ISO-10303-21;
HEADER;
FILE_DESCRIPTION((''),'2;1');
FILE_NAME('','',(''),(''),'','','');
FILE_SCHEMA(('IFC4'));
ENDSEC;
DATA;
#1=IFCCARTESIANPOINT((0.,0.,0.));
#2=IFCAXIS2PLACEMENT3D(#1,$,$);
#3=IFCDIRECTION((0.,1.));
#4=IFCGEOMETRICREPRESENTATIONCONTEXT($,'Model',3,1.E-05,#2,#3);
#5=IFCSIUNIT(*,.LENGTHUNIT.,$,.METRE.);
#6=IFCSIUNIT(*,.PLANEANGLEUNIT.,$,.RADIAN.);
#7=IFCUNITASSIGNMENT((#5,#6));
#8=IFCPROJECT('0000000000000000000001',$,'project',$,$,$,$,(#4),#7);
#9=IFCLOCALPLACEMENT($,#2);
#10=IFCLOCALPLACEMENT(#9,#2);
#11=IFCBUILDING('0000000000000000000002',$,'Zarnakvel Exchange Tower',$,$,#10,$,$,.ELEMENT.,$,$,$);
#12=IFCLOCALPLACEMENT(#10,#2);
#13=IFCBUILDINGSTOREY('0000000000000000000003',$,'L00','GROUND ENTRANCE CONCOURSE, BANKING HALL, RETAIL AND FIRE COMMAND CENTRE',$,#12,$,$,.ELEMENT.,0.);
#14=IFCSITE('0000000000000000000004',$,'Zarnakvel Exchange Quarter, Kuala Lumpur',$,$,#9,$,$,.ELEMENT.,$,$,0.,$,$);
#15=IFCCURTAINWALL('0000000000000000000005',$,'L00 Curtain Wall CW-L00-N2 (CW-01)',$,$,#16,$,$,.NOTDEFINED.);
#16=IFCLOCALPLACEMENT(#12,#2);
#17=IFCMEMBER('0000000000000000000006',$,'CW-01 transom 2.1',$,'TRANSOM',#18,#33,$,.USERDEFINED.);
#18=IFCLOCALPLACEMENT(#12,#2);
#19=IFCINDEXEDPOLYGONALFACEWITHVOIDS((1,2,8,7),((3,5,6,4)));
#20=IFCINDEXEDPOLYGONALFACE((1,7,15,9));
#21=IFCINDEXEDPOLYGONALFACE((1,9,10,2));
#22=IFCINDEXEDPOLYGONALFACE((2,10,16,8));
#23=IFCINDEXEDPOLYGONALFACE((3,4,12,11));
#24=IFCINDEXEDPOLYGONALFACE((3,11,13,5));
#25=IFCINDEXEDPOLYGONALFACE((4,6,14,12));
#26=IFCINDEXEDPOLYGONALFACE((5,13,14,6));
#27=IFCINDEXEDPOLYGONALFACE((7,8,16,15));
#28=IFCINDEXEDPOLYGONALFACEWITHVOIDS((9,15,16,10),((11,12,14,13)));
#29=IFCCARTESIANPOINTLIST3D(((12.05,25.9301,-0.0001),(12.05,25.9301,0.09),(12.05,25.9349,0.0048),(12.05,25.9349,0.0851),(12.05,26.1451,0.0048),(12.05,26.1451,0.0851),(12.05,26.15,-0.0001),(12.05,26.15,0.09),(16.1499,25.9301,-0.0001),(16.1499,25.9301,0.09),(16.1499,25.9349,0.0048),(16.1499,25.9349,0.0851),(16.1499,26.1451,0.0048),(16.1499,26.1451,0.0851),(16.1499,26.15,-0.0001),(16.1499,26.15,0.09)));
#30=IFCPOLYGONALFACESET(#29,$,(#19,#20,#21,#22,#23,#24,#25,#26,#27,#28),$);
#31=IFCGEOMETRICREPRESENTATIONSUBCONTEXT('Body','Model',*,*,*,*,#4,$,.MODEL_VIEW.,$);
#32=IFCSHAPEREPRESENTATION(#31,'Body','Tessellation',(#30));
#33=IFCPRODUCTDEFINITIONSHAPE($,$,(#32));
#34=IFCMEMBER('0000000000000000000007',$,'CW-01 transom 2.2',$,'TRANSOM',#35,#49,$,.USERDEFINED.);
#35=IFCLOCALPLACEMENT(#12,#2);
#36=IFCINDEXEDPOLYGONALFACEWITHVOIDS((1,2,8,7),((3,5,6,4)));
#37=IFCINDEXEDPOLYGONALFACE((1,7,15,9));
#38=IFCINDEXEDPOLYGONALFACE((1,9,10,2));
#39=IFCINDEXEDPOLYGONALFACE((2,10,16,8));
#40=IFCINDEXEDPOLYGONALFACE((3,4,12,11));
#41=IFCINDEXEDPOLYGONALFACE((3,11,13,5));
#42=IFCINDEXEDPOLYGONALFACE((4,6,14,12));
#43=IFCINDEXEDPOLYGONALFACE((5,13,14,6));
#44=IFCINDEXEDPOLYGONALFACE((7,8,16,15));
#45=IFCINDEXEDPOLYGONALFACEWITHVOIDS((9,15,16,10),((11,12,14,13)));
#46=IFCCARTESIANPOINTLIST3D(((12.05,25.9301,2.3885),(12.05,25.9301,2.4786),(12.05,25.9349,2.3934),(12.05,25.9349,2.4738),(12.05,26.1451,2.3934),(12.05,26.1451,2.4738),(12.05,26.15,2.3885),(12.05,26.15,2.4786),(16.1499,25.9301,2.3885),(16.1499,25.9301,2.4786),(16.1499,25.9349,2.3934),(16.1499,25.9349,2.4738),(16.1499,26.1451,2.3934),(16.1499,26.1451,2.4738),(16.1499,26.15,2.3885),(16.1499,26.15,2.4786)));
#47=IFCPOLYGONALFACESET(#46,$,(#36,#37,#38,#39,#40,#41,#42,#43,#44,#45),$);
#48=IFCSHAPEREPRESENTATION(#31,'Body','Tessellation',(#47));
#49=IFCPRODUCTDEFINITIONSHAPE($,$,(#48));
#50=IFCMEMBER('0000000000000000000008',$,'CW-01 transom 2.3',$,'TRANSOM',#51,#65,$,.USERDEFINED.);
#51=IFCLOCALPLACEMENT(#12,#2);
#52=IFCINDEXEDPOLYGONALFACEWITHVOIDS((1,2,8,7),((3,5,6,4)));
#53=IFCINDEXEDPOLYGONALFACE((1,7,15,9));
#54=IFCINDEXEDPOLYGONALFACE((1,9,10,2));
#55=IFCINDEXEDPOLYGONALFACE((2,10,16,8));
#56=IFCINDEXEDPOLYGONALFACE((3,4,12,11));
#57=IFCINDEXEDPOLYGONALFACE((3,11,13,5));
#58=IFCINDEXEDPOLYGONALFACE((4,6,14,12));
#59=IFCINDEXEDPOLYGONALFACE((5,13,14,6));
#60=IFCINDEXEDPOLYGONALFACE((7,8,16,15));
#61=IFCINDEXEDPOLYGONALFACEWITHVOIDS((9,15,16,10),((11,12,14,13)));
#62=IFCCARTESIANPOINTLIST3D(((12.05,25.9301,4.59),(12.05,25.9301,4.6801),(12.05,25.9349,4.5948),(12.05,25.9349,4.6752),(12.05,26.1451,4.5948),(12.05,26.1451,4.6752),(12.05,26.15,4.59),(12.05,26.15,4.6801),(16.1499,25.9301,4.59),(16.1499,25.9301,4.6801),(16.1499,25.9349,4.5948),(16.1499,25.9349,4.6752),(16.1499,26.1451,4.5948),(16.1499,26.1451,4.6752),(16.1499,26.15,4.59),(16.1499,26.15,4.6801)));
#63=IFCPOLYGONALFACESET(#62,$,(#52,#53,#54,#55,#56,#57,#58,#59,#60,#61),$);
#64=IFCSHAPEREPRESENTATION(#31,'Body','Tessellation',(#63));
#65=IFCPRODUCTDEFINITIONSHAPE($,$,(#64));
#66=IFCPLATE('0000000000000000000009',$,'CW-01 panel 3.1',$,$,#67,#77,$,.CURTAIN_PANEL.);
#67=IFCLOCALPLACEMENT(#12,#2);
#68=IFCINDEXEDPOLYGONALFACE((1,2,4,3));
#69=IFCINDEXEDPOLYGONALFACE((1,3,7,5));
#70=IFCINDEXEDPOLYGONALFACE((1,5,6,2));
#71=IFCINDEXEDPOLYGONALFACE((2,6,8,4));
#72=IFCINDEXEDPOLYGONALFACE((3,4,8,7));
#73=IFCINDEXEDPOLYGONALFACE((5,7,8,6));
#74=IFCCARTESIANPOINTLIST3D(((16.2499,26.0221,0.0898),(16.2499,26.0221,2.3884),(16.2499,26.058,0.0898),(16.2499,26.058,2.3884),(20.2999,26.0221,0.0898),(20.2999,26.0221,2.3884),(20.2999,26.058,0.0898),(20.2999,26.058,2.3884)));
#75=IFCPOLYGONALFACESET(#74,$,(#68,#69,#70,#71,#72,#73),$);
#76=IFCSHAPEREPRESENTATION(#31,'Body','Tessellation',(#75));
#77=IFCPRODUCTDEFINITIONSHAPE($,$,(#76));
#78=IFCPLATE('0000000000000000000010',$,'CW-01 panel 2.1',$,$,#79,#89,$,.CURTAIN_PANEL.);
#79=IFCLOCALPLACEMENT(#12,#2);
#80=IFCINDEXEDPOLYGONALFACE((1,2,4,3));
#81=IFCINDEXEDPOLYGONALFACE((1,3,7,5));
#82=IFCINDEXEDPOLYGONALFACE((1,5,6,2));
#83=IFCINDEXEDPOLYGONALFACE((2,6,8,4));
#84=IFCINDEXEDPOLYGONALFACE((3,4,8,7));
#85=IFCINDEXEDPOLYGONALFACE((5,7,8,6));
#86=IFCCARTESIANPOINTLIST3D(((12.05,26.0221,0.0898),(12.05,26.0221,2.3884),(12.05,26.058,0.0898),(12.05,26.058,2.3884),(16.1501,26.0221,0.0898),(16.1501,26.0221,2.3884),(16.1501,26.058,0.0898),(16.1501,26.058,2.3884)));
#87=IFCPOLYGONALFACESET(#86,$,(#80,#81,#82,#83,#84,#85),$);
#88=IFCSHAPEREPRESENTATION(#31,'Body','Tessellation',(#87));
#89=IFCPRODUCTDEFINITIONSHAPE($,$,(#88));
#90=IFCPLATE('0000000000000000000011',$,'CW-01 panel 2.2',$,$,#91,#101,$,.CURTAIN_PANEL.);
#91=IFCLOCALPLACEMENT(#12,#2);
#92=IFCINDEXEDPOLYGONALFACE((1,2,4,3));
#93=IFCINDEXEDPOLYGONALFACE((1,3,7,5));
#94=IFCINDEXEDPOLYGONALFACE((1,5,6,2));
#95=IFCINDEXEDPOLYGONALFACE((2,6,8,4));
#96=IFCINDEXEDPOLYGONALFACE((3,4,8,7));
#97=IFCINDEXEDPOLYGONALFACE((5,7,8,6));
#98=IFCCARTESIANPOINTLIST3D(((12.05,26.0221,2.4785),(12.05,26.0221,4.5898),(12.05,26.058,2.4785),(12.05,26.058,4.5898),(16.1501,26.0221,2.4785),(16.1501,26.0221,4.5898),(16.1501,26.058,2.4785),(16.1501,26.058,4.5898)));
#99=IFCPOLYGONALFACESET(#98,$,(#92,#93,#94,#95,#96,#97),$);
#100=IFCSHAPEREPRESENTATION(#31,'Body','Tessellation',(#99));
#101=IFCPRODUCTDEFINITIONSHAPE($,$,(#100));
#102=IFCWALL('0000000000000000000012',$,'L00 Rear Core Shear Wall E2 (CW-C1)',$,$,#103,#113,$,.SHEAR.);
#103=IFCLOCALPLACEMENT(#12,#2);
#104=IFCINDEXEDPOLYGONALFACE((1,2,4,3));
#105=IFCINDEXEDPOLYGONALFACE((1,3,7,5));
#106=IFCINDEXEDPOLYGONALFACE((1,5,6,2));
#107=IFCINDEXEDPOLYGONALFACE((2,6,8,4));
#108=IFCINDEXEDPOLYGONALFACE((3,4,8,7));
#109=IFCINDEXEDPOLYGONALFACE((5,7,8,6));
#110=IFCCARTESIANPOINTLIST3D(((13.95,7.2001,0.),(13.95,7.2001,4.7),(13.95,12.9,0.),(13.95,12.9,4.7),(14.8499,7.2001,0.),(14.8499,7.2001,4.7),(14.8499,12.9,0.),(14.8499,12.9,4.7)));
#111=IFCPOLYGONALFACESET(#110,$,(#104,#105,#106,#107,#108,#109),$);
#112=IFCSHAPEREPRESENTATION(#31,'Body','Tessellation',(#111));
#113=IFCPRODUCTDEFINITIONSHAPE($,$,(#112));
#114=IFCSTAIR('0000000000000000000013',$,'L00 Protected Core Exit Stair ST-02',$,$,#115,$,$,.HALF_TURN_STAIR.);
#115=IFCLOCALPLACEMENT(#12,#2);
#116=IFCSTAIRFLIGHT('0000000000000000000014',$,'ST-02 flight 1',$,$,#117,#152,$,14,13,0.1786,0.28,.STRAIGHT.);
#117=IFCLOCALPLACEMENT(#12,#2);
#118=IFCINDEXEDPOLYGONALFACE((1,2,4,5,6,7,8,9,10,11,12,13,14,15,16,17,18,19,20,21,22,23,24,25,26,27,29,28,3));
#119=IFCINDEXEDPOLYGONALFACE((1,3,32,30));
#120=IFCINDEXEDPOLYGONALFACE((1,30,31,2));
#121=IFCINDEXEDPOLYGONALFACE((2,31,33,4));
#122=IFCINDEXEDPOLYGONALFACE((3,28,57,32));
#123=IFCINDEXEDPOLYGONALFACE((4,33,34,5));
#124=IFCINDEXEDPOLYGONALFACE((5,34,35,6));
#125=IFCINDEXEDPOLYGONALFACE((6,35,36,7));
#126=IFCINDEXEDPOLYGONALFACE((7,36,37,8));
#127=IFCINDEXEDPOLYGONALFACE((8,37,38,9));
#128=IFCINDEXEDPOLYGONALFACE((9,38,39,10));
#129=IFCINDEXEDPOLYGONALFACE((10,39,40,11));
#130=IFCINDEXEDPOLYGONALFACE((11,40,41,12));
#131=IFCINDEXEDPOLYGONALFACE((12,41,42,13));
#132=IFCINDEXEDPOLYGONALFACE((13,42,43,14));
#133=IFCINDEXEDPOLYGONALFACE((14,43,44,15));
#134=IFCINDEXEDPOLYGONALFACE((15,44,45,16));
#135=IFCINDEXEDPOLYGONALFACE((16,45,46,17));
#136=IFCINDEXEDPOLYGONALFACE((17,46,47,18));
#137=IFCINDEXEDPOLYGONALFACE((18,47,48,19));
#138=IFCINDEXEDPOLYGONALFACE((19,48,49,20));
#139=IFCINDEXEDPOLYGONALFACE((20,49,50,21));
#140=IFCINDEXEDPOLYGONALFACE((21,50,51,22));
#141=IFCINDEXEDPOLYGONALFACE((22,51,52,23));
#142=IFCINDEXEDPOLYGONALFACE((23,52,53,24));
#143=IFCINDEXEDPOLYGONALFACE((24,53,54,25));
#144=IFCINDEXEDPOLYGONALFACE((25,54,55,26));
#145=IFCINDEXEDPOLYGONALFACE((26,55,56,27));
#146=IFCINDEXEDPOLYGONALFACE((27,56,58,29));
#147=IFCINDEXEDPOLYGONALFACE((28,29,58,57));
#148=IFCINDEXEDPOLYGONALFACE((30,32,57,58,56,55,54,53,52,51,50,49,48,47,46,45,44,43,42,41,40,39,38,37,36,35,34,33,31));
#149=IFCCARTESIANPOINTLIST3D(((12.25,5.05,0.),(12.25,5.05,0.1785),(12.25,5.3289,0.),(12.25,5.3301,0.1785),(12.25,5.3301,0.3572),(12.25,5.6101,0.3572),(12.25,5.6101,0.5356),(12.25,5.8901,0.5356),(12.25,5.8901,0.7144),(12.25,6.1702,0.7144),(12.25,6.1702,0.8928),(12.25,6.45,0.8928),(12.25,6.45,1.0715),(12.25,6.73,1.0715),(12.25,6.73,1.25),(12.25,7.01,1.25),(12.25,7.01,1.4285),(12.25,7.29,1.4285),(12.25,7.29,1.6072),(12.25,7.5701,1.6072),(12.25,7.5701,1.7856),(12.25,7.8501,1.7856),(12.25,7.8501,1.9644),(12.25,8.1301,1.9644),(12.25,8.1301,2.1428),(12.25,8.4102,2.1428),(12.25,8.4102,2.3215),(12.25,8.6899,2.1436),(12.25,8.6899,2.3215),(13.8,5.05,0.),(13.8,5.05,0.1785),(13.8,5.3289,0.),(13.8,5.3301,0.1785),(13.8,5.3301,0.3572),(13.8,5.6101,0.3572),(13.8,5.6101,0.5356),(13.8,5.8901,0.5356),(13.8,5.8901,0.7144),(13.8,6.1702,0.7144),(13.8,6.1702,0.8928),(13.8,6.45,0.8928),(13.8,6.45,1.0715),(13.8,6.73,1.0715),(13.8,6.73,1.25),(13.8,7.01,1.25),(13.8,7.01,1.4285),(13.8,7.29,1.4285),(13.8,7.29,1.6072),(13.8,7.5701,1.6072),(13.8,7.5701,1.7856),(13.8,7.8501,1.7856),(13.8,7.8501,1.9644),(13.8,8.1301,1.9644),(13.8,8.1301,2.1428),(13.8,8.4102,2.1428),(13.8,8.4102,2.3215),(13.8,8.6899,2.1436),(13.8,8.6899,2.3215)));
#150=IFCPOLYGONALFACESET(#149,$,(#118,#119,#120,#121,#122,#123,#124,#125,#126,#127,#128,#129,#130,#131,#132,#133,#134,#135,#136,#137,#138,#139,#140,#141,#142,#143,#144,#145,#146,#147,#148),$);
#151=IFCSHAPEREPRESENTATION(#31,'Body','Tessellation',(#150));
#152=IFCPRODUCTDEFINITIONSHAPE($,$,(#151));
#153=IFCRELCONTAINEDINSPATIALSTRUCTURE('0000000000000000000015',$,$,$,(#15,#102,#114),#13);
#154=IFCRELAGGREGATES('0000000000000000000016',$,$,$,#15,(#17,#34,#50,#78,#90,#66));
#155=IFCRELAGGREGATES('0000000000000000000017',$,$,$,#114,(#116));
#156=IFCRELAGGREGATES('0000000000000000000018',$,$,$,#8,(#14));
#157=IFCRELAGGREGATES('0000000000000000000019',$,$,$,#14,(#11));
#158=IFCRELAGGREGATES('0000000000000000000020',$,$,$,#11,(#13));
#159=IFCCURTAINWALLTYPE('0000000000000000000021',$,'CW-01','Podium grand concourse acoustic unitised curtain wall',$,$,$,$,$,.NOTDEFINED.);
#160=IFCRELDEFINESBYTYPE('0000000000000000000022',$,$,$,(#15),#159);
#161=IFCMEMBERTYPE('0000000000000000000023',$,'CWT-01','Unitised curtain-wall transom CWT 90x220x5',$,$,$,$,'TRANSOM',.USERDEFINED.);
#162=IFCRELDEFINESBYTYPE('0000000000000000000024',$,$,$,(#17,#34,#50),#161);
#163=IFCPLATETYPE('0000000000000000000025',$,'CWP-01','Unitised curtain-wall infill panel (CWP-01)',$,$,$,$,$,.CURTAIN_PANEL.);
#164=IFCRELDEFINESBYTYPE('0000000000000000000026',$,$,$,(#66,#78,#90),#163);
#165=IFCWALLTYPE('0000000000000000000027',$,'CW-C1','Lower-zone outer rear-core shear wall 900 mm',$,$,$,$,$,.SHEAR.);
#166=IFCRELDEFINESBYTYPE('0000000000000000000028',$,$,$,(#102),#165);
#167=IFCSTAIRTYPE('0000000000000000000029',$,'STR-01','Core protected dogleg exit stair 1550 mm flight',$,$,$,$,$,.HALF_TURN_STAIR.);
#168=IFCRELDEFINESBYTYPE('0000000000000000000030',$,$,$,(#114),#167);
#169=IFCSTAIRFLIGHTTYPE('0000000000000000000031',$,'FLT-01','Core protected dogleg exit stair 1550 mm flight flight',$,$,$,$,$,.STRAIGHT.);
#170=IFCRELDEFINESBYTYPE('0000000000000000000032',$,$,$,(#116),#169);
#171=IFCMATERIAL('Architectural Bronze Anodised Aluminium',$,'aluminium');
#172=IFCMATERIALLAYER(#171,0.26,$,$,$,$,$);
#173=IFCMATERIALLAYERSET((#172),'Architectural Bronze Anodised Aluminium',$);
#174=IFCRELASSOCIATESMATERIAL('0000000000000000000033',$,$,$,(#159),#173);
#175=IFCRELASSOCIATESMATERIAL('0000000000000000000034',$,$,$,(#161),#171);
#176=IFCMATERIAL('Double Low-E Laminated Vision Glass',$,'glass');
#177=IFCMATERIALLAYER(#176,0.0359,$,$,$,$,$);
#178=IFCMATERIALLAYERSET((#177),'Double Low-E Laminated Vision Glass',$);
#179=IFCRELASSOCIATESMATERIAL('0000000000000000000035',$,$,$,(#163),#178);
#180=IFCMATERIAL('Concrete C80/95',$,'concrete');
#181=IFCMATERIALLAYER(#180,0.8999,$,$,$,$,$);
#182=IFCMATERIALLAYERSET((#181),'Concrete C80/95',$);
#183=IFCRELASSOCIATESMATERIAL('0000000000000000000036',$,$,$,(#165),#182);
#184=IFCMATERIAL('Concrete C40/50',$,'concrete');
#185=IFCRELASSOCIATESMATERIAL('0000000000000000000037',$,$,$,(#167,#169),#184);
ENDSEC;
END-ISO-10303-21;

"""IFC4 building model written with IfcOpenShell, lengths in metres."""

from ifc_helpers import new_model, si_unit, direction, frame, frame_2d, origin, origin_2d, place, context, subcontext, project, spatial, polyline, rectangle, hollow_rectangle, outline, extrude, source, transform, mapped, material, layer, layer_set, material_profile, profile_set, type_object, element, aggregate, save


model = new_model("IFC4")

# Units and contexts
model_context = context("Model", 3, precision=1e-05, world=origin(), true_north=direction((0.0, 1.0)))
body_context = subcontext(model_context, "Body", "Model", "MODEL_VIEW")
ifc_project = project(units=[si_unit("LENGTHUNIT", "METRE"), si_unit("PLANEANGLEUNIT", "RADIAN")], contexts=[model_context])

# Site, building, storey
site_placement = place(None, origin())
site = spatial("IfcSite", under=ifc_project, at=site_placement, Name="Zarnakvel Exchange Quarter, Kuala Lumpur", CompositionType="ELEMENT", RefElevation=0.0)
building_placement = place(site_placement, origin())
building = spatial("IfcBuilding", under=site, at=building_placement, Name="Zarnakvel Exchange Tower", CompositionType="ELEMENT")
storey_placement = place(building_placement, origin())
storey = spatial("IfcBuildingStorey", under=building, at=storey_placement, Name="L00", Description="GROUND ENTRANCE CONCOURSE, BANKING HALL, RETAIL AND FIRE COMMAND CENTRE", CompositionType="ELEMENT", Elevation=0.0)

# Shared definitions
ifc_material_1 = material(Name="Concrete C80/95", Category="concrete")

# Curtain wall, members, plates
ifc_material_2 = material(Name="Architectural Bronze Anodised Aluminium", Category="aluminium")
ifc_layer_1 = layer(ifc_material_2, 0.26)
ifc_layer_set_1 = layer_set([ifc_layer_1], Name="Architectural Bronze Anodised Aluminium")
curtain_wall_type = type_object("IfcCurtainWallType", Name="CW-01", Description="Podium grand concourse acoustic unitised curtain wall", PredefinedType="NOTDEFINED", material=ifc_layer_set_1)
curtain_wall_placement = place(storey_placement, origin())
curtain_wall = element("IfcCurtainWall", 1, at=curtain_wall_placement, inside=storey, type_object=curtain_wall_type, Name="L00 Curtain Wall CW-L00-N2 (CW-01)", PredefinedType="NOTDEFINED")
ifc_material_profile_1 = material_profile(ifc_material_2, hollow_rectangle(XDim=0.22, YDim=0.0901, WallThickness=0.0049, at=origin_2d()))
ifc_profile_set_1 = profile_set([ifc_material_profile_1], Name="Architectural Bronze Anodised Aluminium")
member_type_1 = type_object("IfcMemberType", Name="CWT-01", Description="Unitised curtain-wall transom CWT 90x220x5", ElementType="TRANSOM", PredefinedType="USERDEFINED", material=ifc_profile_set_1)
shared_shape_1 = source(origin(), body_context, "Body", "SweptSolid", [
    extrude(hollow_rectangle(XDim=0.22, YDim=0.0901, WallThickness=0.0049, at=origin_2d()), origin(), (0.0, 0.0, 1.0), 4.0999),
])
member_1_placement = place(storey_placement, frame((12.05, 26.04, 0.0449), z_axis=(1.0, 0.0, 0.0), x_axis=(0.0, 1.0, 0.0)))
member_1 = element("IfcMember", 2, at=member_1_placement, type_object=member_type_1, Name="CW-01 transom 2.1", ObjectType="TRANSOM", PredefinedType="USERDEFINED", context=body_context, shape_type="MappedRepresentation", body=[
    mapped(shared_shape_1, transform((0.0, 0.0, 0.0), x_axis=(1.0, 0.0, 0.0), y_axis=(0.0, 1.0, 0.0), z_axis=(0.0, 0.0, 1.0), scale=1.0)),
])
member_2_placement = place(storey_placement, frame((12.05, 26.04, 2.4336), z_axis=(1.0, 0.0, 0.0), x_axis=(0.0, 1.0, 0.0)))
member_2 = element("IfcMember", 3, at=member_2_placement, type_object=member_type_1, Name="CW-01 transom 2.2", ObjectType="TRANSOM", PredefinedType="USERDEFINED", context=body_context, shape_type="MappedRepresentation", body=[
    mapped(shared_shape_1, transform((0.0, 0.0, 0.0), x_axis=(1.0, 0.0, 0.0), y_axis=(0.0, 1.0, 0.0), z_axis=(0.0, 0.0, 1.0), scale=1.0)),
])
member_3_placement = place(storey_placement, frame((12.05, 26.04, 4.635), z_axis=(1.0, 0.0, 0.0), x_axis=(0.0, 1.0, 0.0)))
member_3 = element("IfcMember", 4, at=member_3_placement, type_object=member_type_1, Name="CW-01 transom 2.3", ObjectType="TRANSOM", PredefinedType="USERDEFINED", context=body_context, shape_type="MappedRepresentation", body=[
    mapped(shared_shape_1, transform((0.0, 0.0, 0.0), x_axis=(1.0, 0.0, 0.0), y_axis=(0.0, 1.0, 0.0), z_axis=(0.0, 0.0, 1.0), scale=1.0)),
])
ifc_material_3 = material(Name="Double Low-E Laminated Vision Glass", Category="glass")
ifc_layer_2 = layer(ifc_material_3, 0.0359)
ifc_layer_set_2 = layer_set([ifc_layer_2], Name="Double Low-E Laminated Vision Glass")
plate_type = type_object("IfcPlateType", Name="CWP-01", Description="Unitised curtain-wall infill panel (CWP-01)", PredefinedType="CURTAIN_PANEL", material=ifc_layer_set_2)
shared_shape_2 = source(origin(), body_context, "Body", "SweptSolid", [
    extrude(rectangle(XDim=4.05, YDim=0.0359, at=origin_2d()), origin(), (0.0, 0.0, 1.0), 2.2986),
])
plate_1_placement = place(storey_placement, frame((18.2749, 26.04, 0.0898), z_axis=(0.0, 0.0, 1.0), x_axis=(1.0, 0.0, 0.0)))
plate_1 = element("IfcPlate", 5, at=plate_1_placement, type_object=plate_type, Name="CW-01 panel 3.1", PredefinedType="CURTAIN_PANEL", context=body_context, shape_type="MappedRepresentation", body=[
    mapped(shared_shape_2, transform((0.0, 0.0, 0.0), x_axis=(1.0, 0.0, 0.0), y_axis=(0.0, 1.0, 0.0), z_axis=(0.0, 0.0, 1.0), scale=1.0)),
])
shared_shape_3 = source(origin(), body_context, "Body", "SweptSolid", [
    extrude(rectangle(XDim=4.1001, YDim=0.0359, at=origin_2d()), origin(), (0.0, 0.0, 1.0), 2.2986),
])
plate_2_placement = place(storey_placement, frame((14.1001, 26.04, 0.0898), z_axis=(0.0, 0.0, 1.0), x_axis=(1.0, 0.0, 0.0)))
plate_2 = element("IfcPlate", 6, at=plate_2_placement, type_object=plate_type, Name="CW-01 panel 2.1", PredefinedType="CURTAIN_PANEL", context=body_context, shape_type="MappedRepresentation", body=[
    mapped(shared_shape_3, transform((0.0, 0.0, 0.0), x_axis=(1.0, 0.0, 0.0), y_axis=(0.0, 1.0, 0.0), z_axis=(0.0, 0.0, 1.0), scale=1.0)),
])
shared_shape_4 = source(origin(), body_context, "Body", "SweptSolid", [
    extrude(rectangle(XDim=4.1001, YDim=0.0359, at=origin_2d()), origin(), (0.0, 0.0, 1.0), 2.1113),
])
plate_3_placement = place(storey_placement, frame((14.1001, 26.04, 2.4785), z_axis=(0.0, 0.0, 1.0), x_axis=(1.0, 0.0, 0.0)))
plate_3 = element("IfcPlate", 7, at=plate_3_placement, type_object=plate_type, Name="CW-01 panel 2.2", PredefinedType="CURTAIN_PANEL", context=body_context, shape_type="MappedRepresentation", body=[
    mapped(shared_shape_4, transform((0.0, 0.0, 0.0), x_axis=(1.0, 0.0, 0.0), y_axis=(0.0, 1.0, 0.0), z_axis=(0.0, 0.0, 1.0), scale=1.0)),
])
aggregate(curtain_wall, [member_1, member_2, member_3, plate_2, plate_3, plate_1])

# Wall
ifc_layer_3 = layer(ifc_material_1, 0.8999)
ifc_layer_set_3 = layer_set([ifc_layer_3], Name="Concrete C80/95")
wall_type_1 = type_object("IfcWallType", Name="CW-C1", Description="Lower-zone outer rear-core shear wall 900 mm", PredefinedType="SHEAR", material=ifc_layer_set_3)
wall_1_placement = place(storey_placement, frame((14.3999, 7.2, 0.0), z_axis=(0.0, 0.0, 1.0), x_axis=(0.0, 1.0, 0.0)))
element("IfcWall", 8, at=wall_1_placement, inside=storey, type_object=wall_type_1, Name="L00 Rear Core Shear Wall E2 (CW-C1)", PredefinedType="SHEAR", context=body_context, shape_type="SweptSolid", body=[
    extrude(rectangle(XDim=5.7, YDim=0.8999, at=frame_2d((2.8501, 0.0))), origin(), (0.0, 0.0, 1.0), 4.7),
])

# Shared definitions
ifc_material_4 = material(Name="Concrete C40/50", Category="concrete")

# Stair, stair flight
stair_type = type_object("IfcStairType", Name="STR-01", Description="Core protected dogleg exit stair 1550 mm flight", PredefinedType="HALF_TURN_STAIR", material=ifc_material_4)
stair_placement = place(storey_placement, origin())
stair = element("IfcStair", 9, at=stair_placement, inside=storey, type_object=stair_type, Name="L00 Protected Core Exit Stair ST-02", PredefinedType="HALF_TURN_STAIR")
stair_flight_type = type_object("IfcStairFlightType", Name="FLT-01", Description="Core protected dogleg exit stair 1550 mm flight flight", PredefinedType="STRAIGHT", material=ifc_material_4)
stair_flight_placement = place(storey_placement, frame((13.0249, 5.05, 0.0), z_axis=(0.0, 0.0, 1.0), x_axis=(0.0, 1.0, 0.0)))
stair_flight = element("IfcStairFlight", 10, at=stair_flight_placement, type_object=stair_flight_type, Name="ST-02 flight 1", NumberOfRisers=14, NumberOfTreads=13, PredefinedType="STRAIGHT", RiserHeight=0.1786, TreadLength=0.28, context=body_context, shape_type="SweptSolid", body=[
    extrude(outline(polyline([(0.0, 0.0), (0.0, 0.1785), (0.28, 0.1785), (0.28, 0.3572), (0.5601, 0.3572), (0.5601, 0.5356), (0.8401, 0.5356), (0.8401, 0.7144), (1.1201, 0.7144), (1.1201, 0.8928), (1.3999, 0.8928), (1.3999, 1.0715), (1.6799, 1.0715), (1.6799, 1.25), (1.96, 1.25), (1.96, 1.4285), (2.24, 1.4285), (2.24, 1.6072), (2.52, 1.6072), (2.52, 1.7856), (2.8, 1.7856), (2.8, 1.9644), (3.0801, 1.9644), (3.0801, 2.1428), (3.3601, 2.1428), (3.3601, 2.3215), (3.6399, 2.3215), (3.6399, 2.5), (3.6399, 2.1436), (0.2788, 0.0), (0.0, 0.0)])), frame((0.0, 0.7749, 0.0), z_axis=(0.0, -1.0, 0.0), x_axis=(1.0, 0.0, 0.0)), (0.0, 0.0, 1.0), 1.55),
])
aggregate(stair, [stair_flight])

save(model, "model.ifc")
